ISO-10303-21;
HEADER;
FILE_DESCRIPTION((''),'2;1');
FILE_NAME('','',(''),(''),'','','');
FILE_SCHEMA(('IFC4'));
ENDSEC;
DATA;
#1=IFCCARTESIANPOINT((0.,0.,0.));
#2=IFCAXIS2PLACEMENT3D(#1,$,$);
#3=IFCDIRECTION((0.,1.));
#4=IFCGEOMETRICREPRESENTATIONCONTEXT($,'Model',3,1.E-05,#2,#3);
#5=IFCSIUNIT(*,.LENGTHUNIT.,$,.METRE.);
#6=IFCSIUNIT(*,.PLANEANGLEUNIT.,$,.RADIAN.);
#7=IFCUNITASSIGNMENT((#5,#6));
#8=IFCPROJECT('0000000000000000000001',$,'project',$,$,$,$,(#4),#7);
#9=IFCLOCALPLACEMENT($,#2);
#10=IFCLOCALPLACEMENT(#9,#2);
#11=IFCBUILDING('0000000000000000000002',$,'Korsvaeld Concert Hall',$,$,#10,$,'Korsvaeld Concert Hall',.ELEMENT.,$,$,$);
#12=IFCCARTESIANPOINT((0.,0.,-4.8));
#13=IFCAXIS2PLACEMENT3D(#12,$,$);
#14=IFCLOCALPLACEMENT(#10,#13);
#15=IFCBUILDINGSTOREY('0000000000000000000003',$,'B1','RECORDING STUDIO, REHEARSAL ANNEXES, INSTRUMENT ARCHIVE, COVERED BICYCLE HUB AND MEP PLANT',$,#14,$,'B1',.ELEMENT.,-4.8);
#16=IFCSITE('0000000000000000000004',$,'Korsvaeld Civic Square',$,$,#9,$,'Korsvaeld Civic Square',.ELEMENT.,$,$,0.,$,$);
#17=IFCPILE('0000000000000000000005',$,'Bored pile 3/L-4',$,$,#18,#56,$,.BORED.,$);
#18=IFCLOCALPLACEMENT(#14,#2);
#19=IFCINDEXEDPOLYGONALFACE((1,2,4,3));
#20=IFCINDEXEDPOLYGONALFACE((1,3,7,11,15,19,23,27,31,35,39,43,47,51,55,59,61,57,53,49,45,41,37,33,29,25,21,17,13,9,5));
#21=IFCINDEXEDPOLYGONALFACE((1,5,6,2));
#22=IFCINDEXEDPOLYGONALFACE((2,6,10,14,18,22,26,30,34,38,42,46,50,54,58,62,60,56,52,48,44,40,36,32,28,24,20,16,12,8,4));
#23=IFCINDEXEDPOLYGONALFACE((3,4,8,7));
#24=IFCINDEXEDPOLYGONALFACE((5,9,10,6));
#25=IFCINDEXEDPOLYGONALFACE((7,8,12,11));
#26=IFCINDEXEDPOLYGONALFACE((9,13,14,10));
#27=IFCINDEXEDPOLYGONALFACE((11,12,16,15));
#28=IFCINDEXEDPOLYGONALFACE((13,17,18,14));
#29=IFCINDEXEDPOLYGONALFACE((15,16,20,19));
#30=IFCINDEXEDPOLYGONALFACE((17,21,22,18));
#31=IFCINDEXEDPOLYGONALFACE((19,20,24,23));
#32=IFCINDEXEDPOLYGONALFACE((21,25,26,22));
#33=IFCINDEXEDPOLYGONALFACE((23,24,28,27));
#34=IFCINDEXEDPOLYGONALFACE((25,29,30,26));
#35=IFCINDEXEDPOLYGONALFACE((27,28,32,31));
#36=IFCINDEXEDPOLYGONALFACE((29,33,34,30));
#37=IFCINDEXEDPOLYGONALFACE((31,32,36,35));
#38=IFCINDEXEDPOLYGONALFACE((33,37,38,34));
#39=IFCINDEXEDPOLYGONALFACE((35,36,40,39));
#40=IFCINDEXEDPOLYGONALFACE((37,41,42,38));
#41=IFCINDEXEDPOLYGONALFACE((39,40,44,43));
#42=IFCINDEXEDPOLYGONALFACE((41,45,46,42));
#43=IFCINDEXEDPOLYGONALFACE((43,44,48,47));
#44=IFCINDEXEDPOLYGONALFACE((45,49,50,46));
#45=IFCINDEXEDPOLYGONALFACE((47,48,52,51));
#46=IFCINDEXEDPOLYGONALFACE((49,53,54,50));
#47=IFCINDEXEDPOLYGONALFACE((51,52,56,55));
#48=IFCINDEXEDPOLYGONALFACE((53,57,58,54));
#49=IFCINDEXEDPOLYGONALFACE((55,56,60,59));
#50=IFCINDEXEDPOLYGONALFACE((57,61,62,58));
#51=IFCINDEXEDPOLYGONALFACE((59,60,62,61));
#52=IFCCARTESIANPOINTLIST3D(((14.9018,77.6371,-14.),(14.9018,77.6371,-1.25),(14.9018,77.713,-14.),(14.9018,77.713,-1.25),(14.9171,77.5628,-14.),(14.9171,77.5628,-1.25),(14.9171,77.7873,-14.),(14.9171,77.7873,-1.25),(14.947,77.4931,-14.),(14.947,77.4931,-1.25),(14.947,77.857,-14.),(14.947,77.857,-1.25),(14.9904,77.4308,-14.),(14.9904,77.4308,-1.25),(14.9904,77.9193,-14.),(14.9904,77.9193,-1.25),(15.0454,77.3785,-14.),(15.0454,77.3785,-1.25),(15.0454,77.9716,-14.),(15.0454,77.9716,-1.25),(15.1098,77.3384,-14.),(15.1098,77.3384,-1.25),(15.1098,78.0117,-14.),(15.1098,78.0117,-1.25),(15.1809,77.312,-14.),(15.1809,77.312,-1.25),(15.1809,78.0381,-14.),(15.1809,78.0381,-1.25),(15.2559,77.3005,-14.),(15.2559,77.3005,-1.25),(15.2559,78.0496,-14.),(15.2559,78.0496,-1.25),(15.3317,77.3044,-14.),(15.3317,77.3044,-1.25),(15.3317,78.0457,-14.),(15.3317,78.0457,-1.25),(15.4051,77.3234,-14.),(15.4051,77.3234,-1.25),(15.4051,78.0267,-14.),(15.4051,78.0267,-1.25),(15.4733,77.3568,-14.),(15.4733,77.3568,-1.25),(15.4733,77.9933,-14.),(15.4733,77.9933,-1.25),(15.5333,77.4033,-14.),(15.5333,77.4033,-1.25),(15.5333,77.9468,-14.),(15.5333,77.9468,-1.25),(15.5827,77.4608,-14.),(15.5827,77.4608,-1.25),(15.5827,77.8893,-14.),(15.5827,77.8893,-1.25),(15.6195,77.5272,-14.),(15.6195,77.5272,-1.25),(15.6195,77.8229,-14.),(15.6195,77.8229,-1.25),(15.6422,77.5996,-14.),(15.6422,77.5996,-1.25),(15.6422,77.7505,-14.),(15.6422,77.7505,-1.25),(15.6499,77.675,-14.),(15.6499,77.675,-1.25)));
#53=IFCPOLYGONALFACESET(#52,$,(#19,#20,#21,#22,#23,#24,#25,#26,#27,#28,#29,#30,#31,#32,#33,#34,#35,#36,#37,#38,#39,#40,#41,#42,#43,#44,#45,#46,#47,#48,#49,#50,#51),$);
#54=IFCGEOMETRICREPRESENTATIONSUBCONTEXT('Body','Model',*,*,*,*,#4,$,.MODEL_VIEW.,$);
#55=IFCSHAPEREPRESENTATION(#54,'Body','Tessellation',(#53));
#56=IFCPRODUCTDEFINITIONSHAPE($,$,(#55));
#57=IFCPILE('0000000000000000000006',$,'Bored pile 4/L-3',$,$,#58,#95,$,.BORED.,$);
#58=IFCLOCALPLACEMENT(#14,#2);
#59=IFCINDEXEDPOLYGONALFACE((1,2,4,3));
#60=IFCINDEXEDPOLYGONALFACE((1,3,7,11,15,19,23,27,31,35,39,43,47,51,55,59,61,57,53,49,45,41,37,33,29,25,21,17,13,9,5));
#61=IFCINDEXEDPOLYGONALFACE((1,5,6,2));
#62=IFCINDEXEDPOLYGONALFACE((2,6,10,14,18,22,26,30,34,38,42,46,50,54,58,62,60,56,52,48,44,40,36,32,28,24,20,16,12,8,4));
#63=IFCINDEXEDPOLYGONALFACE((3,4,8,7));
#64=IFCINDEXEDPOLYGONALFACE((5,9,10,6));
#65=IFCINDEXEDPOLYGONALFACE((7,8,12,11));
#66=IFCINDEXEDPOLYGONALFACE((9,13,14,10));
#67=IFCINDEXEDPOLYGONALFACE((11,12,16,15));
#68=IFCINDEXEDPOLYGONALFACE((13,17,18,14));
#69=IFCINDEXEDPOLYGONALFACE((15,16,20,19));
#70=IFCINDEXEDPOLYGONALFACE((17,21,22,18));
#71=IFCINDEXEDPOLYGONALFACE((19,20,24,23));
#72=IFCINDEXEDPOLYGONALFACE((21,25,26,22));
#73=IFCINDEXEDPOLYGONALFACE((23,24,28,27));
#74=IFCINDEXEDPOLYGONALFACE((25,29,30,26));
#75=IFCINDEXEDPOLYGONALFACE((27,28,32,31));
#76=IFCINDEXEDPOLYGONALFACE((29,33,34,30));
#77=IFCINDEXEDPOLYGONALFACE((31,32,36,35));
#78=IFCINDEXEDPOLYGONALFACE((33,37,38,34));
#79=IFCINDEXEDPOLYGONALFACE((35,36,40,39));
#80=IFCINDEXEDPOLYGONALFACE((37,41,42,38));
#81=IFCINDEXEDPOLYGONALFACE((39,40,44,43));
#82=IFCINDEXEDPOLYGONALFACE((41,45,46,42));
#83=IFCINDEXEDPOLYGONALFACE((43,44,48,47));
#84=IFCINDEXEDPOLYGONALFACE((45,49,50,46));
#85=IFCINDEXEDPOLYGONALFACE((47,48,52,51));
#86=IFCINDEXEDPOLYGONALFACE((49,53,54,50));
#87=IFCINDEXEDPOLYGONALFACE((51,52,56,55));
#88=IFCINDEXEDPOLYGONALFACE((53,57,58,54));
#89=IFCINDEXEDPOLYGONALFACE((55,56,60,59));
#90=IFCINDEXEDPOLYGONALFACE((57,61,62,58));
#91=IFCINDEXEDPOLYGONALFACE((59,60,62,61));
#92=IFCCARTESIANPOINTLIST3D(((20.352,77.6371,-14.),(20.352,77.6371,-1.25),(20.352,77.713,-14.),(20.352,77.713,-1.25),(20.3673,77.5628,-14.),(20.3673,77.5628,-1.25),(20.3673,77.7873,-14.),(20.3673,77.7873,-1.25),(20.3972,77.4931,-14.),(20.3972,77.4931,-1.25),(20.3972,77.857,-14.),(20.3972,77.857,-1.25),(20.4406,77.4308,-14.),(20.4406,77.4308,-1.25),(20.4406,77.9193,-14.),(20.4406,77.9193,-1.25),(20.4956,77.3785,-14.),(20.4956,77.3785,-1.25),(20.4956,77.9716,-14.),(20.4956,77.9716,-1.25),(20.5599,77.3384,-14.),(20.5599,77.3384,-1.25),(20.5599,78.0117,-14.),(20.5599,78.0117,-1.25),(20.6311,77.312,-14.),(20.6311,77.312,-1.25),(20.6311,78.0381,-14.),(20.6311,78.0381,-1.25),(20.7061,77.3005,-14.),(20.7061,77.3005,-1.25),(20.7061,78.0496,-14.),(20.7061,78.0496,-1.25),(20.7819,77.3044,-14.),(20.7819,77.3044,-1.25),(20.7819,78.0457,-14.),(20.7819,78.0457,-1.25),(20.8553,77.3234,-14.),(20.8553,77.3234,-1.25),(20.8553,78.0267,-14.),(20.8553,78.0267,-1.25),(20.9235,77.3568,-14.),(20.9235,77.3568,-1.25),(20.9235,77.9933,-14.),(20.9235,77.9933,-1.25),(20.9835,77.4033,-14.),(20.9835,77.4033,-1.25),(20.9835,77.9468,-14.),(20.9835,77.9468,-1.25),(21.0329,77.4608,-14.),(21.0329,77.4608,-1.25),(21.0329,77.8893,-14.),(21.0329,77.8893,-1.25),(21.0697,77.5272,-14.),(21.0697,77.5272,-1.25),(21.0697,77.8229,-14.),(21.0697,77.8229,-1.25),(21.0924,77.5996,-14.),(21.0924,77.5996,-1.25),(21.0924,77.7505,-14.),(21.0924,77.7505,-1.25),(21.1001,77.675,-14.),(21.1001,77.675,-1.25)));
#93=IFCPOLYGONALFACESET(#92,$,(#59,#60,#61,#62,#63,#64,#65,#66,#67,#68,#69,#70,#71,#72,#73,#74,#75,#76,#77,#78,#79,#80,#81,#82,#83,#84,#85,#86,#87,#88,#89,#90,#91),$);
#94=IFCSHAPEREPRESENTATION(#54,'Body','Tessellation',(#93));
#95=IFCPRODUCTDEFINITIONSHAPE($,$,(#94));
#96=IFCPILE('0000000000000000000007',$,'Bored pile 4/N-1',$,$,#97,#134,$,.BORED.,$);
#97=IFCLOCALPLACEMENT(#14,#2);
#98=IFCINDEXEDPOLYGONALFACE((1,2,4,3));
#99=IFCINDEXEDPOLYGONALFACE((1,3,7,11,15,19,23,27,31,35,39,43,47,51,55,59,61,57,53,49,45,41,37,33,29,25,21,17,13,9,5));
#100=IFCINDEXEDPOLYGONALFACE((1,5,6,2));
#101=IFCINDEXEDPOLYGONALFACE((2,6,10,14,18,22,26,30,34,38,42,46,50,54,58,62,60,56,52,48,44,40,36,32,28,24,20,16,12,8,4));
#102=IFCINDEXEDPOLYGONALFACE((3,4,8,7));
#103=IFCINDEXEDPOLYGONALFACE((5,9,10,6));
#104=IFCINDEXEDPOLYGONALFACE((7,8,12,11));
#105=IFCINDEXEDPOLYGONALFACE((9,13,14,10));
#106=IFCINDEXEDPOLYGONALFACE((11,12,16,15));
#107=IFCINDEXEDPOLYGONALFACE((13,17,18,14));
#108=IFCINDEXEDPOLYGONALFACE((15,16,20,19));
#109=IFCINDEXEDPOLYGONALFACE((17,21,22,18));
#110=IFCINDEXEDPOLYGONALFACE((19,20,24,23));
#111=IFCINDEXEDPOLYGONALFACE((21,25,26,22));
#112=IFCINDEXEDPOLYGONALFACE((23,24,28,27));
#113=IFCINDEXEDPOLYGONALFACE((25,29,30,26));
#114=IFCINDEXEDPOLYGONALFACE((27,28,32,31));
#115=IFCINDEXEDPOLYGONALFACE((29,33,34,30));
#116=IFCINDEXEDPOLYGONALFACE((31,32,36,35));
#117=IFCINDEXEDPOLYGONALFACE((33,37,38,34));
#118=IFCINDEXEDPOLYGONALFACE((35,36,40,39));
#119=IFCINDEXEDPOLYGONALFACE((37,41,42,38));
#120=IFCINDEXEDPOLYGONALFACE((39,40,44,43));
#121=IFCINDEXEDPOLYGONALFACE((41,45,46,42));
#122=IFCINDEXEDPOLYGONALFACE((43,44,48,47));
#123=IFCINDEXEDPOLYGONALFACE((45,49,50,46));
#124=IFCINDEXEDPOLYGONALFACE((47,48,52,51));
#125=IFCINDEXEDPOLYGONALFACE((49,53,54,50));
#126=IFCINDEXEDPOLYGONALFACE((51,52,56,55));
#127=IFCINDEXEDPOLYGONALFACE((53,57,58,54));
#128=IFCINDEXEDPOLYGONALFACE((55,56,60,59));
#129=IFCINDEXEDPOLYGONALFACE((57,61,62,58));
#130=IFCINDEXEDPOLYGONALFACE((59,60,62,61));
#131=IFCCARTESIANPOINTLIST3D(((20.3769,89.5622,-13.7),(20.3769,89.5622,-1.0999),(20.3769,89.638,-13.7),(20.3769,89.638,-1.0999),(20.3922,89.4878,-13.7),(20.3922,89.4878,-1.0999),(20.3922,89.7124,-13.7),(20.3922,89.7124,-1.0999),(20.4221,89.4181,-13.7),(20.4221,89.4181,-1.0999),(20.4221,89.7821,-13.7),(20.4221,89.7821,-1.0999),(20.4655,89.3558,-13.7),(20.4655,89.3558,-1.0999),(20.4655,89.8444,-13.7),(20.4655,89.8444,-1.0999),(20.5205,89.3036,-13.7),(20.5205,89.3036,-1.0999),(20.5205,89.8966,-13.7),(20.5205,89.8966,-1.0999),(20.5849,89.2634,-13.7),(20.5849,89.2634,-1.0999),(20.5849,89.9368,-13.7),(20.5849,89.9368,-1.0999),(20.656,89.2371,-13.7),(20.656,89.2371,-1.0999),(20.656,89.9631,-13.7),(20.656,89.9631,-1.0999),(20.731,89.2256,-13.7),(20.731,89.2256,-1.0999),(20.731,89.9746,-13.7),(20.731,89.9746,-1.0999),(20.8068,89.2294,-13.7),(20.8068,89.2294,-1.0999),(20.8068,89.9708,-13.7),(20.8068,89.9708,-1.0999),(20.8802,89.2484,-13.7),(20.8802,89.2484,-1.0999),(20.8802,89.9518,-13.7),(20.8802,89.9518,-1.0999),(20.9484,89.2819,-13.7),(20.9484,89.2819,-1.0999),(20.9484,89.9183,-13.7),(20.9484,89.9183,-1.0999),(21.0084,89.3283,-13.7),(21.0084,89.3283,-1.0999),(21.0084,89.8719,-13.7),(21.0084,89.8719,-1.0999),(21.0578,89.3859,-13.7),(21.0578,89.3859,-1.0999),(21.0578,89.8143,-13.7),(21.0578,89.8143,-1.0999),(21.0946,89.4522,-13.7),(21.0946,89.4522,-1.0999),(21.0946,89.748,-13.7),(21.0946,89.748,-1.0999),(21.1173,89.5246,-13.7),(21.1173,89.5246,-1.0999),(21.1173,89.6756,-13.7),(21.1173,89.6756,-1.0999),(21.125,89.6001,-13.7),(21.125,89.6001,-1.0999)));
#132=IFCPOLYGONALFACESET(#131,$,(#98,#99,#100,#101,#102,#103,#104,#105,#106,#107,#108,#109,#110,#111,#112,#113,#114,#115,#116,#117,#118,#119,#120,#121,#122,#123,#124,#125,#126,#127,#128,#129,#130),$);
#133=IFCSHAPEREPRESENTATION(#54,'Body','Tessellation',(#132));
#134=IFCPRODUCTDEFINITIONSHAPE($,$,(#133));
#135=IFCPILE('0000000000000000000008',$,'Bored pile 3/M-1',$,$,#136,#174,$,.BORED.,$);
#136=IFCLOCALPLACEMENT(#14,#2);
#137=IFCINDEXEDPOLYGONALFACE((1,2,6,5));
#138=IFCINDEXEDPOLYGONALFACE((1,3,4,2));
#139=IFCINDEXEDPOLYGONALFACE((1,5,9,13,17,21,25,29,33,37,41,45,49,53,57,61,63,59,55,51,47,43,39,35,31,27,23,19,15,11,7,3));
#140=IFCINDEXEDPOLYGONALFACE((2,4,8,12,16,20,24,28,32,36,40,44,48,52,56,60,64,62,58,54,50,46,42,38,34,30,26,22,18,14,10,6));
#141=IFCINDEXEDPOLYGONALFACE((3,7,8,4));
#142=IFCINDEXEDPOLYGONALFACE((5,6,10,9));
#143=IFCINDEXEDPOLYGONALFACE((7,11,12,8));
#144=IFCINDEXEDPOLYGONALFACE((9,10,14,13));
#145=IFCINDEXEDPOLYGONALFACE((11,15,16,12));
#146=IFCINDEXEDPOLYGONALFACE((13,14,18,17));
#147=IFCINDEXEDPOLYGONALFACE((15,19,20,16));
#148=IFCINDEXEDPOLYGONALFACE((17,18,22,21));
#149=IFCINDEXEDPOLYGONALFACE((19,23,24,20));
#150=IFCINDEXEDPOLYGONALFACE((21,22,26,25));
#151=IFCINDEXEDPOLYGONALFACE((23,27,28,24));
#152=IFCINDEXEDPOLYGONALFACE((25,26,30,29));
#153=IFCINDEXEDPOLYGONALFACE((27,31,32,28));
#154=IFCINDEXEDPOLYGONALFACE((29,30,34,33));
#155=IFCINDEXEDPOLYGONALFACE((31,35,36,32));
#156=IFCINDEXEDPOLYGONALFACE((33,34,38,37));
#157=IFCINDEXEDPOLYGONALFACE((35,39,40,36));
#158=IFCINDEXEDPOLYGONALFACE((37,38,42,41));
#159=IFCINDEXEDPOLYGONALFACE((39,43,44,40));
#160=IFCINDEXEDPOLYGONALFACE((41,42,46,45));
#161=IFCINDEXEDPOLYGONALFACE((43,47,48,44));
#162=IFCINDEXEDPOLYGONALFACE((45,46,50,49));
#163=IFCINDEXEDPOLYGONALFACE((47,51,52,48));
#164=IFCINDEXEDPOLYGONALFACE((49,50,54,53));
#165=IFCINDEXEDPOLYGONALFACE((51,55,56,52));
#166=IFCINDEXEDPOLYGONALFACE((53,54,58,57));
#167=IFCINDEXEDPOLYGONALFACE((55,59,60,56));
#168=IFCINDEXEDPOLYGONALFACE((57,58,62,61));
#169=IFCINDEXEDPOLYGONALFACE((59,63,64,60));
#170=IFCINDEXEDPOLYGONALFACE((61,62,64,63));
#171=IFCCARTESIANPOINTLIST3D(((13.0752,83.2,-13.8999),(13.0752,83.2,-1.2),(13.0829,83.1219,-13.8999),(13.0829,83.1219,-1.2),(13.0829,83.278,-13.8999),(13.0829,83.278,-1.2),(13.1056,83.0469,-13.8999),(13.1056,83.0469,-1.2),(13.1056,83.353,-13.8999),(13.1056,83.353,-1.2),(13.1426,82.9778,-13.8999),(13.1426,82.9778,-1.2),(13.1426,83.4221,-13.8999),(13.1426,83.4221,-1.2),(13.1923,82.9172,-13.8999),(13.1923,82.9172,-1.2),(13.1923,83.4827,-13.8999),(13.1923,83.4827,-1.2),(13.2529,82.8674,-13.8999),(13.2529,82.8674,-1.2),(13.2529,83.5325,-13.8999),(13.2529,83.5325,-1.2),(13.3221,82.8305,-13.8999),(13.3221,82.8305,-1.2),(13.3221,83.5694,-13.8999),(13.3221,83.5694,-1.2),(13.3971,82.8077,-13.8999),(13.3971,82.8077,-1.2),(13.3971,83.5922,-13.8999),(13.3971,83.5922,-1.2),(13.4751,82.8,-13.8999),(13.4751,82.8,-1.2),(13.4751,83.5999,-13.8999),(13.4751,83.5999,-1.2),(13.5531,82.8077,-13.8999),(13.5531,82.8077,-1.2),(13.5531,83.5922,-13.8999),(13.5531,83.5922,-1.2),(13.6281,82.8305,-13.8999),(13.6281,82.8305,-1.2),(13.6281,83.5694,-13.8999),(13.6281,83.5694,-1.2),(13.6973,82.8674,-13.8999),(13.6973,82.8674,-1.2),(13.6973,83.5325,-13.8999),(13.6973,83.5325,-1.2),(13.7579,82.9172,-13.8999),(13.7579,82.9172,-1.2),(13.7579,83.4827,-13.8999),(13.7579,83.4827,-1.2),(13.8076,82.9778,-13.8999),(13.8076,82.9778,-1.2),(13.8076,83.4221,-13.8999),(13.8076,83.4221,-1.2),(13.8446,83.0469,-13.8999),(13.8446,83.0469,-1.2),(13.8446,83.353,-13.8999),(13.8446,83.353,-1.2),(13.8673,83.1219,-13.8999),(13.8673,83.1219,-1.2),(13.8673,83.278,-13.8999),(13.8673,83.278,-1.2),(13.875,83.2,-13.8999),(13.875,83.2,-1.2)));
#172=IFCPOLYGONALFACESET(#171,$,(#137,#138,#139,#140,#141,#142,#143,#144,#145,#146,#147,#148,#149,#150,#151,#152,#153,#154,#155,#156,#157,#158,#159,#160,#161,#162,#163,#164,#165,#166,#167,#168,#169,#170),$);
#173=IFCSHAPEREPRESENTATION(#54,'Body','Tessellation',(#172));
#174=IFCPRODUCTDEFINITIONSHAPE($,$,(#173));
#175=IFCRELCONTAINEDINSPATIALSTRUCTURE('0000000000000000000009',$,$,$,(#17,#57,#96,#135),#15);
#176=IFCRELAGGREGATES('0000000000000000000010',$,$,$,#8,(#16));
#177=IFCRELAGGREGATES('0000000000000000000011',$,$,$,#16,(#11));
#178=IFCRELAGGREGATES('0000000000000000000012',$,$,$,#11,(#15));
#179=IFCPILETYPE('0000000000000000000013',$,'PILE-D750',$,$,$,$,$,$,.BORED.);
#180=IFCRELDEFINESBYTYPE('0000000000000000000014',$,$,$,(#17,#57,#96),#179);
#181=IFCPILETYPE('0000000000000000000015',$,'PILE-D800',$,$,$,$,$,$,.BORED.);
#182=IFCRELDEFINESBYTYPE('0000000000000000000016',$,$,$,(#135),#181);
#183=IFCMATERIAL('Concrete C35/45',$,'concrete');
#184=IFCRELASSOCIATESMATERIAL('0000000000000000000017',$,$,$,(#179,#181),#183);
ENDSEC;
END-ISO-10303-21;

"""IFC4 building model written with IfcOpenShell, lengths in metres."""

from ifc_helpers import new_model, si_unit, direction, frame, origin, origin_2d, place, context, subcontext, project, spatial, circle, extrude, material, material_profile, profile_set, type_object, element, save


model = new_model("IFC4")

# Units and contexts
model_context = context("Model", 3, precision=1e-05, world=origin(), true_north=direction((0.0, 1.0)))
body_context = subcontext(model_context, "Body", "Model", "MODEL_VIEW")
ifc_project = project(units=[si_unit("LENGTHUNIT", "METRE"), si_unit("PLANEANGLEUNIT", "RADIAN")], contexts=[model_context])

# Site, building, storey
site_placement = place(None, origin())
site = spatial("IfcSite", under=ifc_project, at=site_placement, Name="Korsvaeld Civic Square", LongName="Korsvaeld Civic Square", CompositionType="ELEMENT", RefElevation=0.0)
building_placement = place(site_placement, origin())
building = spatial("IfcBuilding", under=site, at=building_placement, Name="Korsvaeld Concert Hall", LongName="Korsvaeld Concert Hall", CompositionType="ELEMENT")
storey_placement = place(building_placement, frame((0.0, 0.0, -4.8)))
storey = spatial("IfcBuildingStorey", under=building, at=storey_placement, Name="B1", Description="RECORDING STUDIO, REHEARSAL ANNEXES, INSTRUMENT ARCHIVE, COVERED BICYCLE HUB AND MEP PLANT", LongName="B1", CompositionType="ELEMENT", Elevation=-4.8)

# Shared definitions
ifc_material_1 = material(Name="Concrete C35/45", Category="concrete")

# Piles
ifc_material_profile_1 = material_profile(ifc_material_1, circle(Radius=0.375, at=origin_2d()), Name="BORED PILE D750")
ifc_profile_set_1 = profile_set([ifc_material_profile_1], Name="Concrete C35/45")
pile_type_1 = type_object("IfcPileType", Name="PILE-D750", PredefinedType="BORED", material=ifc_profile_set_1)
for number, where, z_axis, x_axis, name in (
    (1, (15.2749, 77.675, -1.25), (0.0, 0.0, -1.0), (1.0, 0.0, 0.0), "Bored pile 3/L-4"),
    (2, (20.7251, 77.675, -1.25), (0.0, 0.0, -1.0), (1.0, 0.0, 0.0), "Bored pile 4/L-3"),
):
    element("IfcPile", number, at=place(storey_placement, frame(where, z_axis=z_axis, x_axis=x_axis)), inside=storey, type_object=pile_type_1, Name=name, PredefinedType="BORED", context=body_context, shape_type="SweptSolid", body=[
        extrude(circle(Radius=0.375, at=origin_2d()), origin(), (0.0, 0.0, 1.0), 12.75),
    ])
pile_1_placement = place(storey_placement, frame((20.75, 89.6001, -1.0999), z_axis=(0.0, 0.0, -1.0), x_axis=(1.0, 0.0, 0.0)))
element("IfcPile", 3, at=pile_1_placement, inside=storey, type_object=pile_type_1, Name="Bored pile 4/N-1", PredefinedType="BORED", context=body_context, shape_type="SweptSolid", body=[
    extrude(circle(Radius=0.375, at=origin_2d()), origin(), (0.0, 0.0, 1.0), 12.6001),
])
ifc_material_profile_2 = material_profile(ifc_material_1, circle(Radius=0.3999, at=origin_2d()), Name="BORED PILE D800")
ifc_profile_set_2 = profile_set([ifc_material_profile_2], Name="Concrete C35/45")
pile_type_2 = type_object("IfcPileType", Name="PILE-D800", PredefinedType="BORED", material=ifc_profile_set_2)
for number, where, z_axis, x_axis, name in (
    (4, (13.4751, 83.2, -1.2), (0.0, 0.0, -1.0), (1.0, 0.0, 0.0), "Bored pile 3/M-1"),
):
    element("IfcPile", number, at=place(storey_placement, frame(where, z_axis=z_axis, x_axis=x_axis)), inside=storey, type_object=pile_type_2, Name=name, PredefinedType="BORED", context=body_context, shape_type="SweptSolid", body=[
        extrude(circle(Radius=0.3999, at=origin_2d()), origin(), (0.0, 0.0, 1.0), 12.7),
    ])

save(model, "model.ifc")
